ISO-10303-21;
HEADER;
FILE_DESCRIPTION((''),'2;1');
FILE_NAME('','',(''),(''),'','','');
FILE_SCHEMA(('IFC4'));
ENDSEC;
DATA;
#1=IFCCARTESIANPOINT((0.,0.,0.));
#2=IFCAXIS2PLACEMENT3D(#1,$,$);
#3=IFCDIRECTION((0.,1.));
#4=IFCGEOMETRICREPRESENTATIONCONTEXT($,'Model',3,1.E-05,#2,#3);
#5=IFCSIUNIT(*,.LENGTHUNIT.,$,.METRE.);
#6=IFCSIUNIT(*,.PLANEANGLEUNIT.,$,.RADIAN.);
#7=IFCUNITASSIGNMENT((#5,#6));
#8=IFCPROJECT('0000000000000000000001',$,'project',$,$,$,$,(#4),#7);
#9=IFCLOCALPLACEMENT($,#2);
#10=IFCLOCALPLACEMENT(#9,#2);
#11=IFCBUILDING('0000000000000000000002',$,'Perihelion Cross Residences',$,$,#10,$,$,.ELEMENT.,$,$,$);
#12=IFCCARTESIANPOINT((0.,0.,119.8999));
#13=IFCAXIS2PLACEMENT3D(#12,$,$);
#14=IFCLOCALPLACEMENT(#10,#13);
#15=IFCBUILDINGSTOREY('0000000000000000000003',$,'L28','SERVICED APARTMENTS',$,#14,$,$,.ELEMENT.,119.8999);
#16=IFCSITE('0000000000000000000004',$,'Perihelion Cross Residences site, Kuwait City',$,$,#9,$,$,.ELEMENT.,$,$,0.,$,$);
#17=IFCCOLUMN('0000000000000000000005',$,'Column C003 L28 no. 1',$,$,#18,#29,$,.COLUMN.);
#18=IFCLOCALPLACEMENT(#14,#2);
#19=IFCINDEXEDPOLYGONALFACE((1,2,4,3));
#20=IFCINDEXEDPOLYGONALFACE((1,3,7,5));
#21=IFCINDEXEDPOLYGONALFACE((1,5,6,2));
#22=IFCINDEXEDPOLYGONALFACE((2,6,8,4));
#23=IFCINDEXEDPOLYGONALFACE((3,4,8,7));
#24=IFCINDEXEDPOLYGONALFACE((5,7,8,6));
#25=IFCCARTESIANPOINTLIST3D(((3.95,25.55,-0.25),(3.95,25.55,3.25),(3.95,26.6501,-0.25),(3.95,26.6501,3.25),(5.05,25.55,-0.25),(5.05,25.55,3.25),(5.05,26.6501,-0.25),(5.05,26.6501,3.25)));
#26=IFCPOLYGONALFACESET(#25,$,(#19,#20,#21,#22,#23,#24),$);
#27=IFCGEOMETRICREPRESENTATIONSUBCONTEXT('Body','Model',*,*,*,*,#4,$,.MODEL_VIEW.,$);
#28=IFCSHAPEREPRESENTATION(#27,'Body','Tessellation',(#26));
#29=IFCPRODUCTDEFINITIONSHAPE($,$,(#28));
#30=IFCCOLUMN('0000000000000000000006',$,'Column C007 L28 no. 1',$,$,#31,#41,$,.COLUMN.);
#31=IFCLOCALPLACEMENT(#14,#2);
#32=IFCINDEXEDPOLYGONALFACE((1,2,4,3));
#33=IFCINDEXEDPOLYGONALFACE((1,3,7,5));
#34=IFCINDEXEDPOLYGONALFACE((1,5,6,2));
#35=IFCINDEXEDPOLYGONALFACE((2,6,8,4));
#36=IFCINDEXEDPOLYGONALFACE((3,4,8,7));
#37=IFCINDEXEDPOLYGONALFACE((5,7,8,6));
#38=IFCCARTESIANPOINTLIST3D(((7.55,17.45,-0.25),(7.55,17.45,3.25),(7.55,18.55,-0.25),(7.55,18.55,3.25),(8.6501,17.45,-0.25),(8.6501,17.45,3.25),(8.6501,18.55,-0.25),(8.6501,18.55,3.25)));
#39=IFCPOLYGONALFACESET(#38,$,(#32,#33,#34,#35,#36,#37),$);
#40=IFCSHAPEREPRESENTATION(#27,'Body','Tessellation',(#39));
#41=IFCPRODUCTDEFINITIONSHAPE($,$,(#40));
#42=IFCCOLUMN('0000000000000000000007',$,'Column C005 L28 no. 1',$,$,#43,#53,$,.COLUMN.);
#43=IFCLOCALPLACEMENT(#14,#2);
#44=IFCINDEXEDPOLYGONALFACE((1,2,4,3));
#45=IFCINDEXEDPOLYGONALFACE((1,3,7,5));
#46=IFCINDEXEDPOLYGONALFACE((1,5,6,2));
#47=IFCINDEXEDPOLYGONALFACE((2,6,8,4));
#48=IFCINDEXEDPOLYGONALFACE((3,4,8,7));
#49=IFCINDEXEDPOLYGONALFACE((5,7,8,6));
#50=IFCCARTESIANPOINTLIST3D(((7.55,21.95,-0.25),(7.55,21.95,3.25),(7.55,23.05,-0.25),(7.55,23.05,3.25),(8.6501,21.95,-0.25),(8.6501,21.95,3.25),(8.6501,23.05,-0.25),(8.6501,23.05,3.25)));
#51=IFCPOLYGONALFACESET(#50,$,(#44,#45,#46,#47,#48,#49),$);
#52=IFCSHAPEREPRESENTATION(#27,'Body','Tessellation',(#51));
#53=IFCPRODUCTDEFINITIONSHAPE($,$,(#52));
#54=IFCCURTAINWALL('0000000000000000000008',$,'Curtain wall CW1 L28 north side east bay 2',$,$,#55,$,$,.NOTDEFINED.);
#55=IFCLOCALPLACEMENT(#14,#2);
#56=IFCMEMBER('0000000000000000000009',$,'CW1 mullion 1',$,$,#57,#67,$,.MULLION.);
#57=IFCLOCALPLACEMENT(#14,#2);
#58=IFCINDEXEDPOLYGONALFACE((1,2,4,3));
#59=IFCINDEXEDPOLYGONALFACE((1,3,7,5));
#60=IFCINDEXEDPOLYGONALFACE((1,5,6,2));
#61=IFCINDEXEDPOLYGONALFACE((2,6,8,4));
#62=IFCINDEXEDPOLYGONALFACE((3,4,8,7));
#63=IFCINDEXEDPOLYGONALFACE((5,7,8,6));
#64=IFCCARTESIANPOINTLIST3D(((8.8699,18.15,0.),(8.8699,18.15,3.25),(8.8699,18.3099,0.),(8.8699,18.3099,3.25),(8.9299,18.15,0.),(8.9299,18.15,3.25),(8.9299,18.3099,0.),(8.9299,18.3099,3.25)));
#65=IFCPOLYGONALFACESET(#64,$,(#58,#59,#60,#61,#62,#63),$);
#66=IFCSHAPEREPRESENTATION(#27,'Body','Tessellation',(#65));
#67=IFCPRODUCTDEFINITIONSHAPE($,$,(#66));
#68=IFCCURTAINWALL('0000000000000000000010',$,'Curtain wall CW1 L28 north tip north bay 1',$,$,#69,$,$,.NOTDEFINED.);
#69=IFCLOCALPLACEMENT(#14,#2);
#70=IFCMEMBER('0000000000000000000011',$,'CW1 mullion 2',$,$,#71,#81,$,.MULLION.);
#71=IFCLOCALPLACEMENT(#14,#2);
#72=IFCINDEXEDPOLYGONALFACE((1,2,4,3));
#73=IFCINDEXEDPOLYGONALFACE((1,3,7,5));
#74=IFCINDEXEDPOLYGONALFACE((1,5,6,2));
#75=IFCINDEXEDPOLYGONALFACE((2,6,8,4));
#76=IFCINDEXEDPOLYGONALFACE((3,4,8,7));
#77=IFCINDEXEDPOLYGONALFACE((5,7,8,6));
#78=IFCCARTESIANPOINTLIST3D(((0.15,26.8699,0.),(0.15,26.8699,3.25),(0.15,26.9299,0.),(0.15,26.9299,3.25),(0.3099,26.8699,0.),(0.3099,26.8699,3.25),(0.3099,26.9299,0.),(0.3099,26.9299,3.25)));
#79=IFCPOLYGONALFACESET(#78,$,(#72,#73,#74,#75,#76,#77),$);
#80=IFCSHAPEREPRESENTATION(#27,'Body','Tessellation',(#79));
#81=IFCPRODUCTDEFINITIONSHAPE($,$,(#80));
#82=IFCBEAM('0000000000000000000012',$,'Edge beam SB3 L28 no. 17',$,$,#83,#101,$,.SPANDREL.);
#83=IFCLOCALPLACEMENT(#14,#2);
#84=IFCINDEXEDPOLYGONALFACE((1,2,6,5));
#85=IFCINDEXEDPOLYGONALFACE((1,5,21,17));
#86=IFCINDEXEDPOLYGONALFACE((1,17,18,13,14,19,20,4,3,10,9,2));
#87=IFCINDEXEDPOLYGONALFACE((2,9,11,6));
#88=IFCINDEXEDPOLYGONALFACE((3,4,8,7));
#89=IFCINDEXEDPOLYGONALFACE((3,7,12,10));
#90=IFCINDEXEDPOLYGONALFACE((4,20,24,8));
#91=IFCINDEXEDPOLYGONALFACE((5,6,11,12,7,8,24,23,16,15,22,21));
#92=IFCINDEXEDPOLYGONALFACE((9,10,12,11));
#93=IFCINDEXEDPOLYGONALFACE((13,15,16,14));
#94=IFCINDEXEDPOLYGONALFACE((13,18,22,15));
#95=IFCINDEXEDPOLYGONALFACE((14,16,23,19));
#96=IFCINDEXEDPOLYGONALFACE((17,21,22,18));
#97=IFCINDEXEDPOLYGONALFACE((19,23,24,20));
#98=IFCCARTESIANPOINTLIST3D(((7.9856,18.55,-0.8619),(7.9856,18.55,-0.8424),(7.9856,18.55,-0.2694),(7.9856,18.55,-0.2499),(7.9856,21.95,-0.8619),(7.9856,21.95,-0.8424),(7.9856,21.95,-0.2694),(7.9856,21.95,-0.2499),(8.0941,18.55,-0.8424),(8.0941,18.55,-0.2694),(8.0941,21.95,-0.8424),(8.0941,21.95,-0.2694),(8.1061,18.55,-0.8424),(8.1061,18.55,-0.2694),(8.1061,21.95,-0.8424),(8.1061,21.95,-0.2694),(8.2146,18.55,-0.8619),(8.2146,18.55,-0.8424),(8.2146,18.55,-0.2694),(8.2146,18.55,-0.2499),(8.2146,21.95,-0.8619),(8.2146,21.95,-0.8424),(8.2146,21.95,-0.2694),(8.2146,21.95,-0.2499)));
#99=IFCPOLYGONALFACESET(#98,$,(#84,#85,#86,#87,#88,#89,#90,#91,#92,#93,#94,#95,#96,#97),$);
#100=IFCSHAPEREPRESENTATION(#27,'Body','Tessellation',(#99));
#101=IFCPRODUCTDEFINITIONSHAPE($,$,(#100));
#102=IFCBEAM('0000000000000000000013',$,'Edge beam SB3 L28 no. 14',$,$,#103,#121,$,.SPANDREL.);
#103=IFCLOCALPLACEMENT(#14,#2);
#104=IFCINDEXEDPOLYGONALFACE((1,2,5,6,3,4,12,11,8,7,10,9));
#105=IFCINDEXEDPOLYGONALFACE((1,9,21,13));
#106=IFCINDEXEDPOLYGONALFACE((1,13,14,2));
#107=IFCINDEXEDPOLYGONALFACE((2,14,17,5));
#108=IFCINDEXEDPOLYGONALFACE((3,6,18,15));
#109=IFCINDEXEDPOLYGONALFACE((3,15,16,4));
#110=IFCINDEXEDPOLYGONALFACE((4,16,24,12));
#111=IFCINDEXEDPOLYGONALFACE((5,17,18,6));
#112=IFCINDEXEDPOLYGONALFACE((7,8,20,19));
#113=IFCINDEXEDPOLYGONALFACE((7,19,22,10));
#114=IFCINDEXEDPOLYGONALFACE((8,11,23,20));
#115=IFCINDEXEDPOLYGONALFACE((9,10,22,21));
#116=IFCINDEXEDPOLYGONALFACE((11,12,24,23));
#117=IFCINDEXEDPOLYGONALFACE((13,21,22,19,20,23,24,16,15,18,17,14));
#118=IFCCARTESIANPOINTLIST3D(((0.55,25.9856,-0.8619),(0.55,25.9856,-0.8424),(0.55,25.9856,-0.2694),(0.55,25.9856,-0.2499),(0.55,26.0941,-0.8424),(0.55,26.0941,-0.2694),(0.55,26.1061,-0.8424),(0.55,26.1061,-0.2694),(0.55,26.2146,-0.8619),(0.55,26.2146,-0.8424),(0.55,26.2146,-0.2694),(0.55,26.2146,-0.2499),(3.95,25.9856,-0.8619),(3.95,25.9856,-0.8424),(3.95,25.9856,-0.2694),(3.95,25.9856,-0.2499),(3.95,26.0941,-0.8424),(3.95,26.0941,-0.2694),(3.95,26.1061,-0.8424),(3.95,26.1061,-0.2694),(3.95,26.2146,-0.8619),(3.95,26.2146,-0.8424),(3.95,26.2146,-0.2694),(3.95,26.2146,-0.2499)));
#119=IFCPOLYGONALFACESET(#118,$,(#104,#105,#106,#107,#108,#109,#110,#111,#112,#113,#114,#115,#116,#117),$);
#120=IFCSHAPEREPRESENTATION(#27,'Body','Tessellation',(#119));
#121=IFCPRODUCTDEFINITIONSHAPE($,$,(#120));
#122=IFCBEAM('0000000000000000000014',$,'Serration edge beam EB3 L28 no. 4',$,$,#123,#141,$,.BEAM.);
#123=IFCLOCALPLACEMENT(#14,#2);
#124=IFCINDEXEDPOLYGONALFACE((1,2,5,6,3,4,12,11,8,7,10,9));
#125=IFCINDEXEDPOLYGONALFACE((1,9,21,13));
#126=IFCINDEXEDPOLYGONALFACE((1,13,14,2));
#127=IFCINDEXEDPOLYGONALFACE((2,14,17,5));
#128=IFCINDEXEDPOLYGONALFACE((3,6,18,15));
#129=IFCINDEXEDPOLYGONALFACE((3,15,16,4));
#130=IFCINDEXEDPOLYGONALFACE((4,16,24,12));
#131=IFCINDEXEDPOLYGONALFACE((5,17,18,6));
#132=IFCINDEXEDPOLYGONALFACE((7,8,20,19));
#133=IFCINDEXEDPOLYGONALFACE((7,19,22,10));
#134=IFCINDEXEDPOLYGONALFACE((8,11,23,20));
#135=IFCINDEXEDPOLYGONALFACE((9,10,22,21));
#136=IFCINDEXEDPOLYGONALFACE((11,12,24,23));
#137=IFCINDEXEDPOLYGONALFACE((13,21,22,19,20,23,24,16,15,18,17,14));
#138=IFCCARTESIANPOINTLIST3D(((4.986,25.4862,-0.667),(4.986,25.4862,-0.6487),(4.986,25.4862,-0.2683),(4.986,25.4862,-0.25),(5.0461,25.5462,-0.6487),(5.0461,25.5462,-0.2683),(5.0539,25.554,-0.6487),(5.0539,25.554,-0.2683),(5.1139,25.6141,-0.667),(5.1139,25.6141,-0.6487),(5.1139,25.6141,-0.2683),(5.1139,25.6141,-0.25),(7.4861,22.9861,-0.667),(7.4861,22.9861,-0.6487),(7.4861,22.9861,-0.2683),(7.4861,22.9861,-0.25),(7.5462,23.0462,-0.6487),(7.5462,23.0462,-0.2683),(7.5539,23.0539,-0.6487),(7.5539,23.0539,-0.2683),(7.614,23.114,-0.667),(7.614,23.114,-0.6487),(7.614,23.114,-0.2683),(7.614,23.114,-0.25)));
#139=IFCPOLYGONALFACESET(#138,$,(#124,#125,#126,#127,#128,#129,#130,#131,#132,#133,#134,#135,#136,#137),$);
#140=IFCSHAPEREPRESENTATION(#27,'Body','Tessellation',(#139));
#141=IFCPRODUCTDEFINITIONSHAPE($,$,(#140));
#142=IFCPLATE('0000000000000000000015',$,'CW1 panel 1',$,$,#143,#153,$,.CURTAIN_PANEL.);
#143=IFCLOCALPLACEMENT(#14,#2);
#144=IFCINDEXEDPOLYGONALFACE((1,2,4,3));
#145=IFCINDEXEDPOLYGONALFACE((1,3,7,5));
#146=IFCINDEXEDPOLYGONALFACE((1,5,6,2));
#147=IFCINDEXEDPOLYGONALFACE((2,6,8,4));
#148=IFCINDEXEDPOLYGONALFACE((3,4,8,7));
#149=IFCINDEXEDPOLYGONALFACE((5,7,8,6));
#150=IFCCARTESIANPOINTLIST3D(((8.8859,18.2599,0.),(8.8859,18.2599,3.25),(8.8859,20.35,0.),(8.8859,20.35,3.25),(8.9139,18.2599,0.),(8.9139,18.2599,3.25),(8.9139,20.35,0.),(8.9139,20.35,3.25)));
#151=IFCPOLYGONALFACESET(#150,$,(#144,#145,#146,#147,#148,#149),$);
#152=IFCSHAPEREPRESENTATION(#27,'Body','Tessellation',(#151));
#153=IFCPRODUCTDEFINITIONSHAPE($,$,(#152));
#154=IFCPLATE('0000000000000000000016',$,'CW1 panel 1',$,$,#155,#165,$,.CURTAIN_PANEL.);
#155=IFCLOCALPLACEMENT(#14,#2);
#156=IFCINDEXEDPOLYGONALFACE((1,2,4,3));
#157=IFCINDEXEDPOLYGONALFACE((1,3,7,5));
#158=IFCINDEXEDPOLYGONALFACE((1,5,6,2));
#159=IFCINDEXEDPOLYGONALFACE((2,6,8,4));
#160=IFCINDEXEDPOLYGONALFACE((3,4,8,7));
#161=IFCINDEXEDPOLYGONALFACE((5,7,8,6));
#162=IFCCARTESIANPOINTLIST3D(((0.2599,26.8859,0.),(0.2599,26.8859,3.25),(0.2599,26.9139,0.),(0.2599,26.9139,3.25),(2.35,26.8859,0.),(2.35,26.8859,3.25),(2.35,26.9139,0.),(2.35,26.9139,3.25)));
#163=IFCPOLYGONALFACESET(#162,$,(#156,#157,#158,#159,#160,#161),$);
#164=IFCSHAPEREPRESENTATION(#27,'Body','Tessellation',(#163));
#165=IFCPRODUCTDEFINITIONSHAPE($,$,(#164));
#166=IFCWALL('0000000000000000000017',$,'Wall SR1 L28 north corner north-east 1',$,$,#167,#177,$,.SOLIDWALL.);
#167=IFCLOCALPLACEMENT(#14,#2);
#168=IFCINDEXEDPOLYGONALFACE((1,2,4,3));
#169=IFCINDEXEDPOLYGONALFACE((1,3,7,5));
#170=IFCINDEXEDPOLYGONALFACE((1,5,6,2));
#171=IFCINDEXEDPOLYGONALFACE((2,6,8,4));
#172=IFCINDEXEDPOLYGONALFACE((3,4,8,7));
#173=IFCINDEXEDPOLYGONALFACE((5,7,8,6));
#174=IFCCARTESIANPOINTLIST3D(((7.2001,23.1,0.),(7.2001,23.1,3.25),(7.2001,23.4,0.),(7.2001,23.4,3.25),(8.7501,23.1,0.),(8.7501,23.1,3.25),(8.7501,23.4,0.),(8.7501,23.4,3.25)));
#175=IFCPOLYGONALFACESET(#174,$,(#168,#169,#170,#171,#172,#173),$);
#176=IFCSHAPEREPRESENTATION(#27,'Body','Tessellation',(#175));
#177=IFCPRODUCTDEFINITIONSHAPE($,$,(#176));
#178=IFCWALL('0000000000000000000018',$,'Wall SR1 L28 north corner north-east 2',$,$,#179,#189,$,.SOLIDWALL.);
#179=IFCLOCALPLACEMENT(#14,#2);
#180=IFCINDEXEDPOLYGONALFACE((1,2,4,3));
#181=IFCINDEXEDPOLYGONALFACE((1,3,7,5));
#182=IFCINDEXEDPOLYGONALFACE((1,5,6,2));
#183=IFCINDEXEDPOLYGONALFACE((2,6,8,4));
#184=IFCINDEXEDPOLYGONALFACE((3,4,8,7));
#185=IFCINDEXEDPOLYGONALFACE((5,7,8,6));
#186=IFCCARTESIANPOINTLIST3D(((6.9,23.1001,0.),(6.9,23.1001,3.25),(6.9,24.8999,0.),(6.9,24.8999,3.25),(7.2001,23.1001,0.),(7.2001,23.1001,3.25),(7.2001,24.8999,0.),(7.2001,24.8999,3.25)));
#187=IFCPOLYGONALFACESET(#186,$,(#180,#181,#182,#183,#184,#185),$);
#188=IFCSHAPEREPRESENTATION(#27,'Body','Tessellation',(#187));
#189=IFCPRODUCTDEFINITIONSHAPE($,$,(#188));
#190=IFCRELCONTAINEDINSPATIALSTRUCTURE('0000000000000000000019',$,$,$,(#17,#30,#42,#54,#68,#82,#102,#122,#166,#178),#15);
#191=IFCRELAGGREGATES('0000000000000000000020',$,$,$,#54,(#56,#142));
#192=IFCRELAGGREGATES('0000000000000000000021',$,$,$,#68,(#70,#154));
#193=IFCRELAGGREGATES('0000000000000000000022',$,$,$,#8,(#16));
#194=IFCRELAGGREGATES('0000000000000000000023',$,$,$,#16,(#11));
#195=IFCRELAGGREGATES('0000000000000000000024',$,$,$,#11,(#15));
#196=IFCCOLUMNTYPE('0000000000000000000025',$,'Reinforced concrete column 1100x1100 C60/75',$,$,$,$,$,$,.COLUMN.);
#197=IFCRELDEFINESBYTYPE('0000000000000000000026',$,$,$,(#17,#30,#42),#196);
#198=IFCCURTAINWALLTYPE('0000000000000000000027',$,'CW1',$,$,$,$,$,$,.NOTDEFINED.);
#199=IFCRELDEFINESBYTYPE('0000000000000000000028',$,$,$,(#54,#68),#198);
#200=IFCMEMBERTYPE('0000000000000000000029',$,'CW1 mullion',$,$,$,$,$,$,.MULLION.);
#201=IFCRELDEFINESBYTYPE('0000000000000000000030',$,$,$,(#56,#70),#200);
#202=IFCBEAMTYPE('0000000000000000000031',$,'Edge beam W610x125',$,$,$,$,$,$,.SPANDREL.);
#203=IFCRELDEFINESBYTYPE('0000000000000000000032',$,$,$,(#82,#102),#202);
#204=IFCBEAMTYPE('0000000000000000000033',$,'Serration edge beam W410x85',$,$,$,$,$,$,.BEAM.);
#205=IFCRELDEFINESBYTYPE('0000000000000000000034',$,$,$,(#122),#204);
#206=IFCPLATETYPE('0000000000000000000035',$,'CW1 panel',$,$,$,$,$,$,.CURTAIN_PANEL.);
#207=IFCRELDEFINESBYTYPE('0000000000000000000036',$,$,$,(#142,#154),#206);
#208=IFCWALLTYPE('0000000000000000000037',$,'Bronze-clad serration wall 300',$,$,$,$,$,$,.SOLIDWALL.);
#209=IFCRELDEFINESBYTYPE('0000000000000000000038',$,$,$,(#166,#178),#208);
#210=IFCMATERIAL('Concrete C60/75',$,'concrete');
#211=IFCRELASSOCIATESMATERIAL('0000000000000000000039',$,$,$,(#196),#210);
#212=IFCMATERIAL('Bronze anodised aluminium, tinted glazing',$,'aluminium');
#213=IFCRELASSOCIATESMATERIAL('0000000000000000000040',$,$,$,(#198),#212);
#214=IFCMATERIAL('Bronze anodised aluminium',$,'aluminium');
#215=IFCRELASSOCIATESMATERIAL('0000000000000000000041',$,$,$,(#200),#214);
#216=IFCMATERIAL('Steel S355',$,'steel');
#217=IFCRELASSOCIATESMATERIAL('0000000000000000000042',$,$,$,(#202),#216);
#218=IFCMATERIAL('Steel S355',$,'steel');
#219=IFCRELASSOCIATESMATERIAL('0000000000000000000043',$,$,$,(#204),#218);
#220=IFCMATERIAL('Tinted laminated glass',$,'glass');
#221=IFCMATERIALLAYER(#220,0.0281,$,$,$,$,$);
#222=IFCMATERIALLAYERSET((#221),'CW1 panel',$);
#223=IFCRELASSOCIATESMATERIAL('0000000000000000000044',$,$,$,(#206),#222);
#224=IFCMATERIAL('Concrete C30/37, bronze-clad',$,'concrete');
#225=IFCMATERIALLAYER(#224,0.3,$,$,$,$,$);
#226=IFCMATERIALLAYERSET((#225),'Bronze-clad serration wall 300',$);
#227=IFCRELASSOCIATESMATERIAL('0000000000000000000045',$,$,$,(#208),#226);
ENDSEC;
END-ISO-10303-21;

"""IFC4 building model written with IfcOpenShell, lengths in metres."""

from ifc_helpers import new_model, si_unit, direction, frame, frame_2d, origin, origin_2d, place, context, subcontext, project, spatial, rectangle, i_section, extrude, material, layer, layer_set, material_profile, profile_set, type_object, element, aggregate, save


model = new_model("IFC4")

# Units and contexts
model_context = context("Model", 3, precision=1e-05, world=origin(), true_north=direction((0.0, 1.0)))
body_context = subcontext(model_context, "Body", "Model", "MODEL_VIEW")
ifc_project = project(units=[si_unit("LENGTHUNIT", "METRE"), si_unit("PLANEANGLEUNIT", "RADIAN")], contexts=[model_context])

# Site, building, storey
site_placement = place(None, origin())
site = spatial("IfcSite", under=ifc_project, at=site_placement, Name="Perihelion Cross Residences site, Kuwait City", CompositionType="ELEMENT", RefElevation=0.0)
building_placement = place(site_placement, origin())
building = spatial("IfcBuilding", under=site, at=building_placement, Name="Perihelion Cross Residences", CompositionType="ELEMENT")
storey_placement = place(building_placement, frame((0.0, 0.0, 119.8999)))
storey = spatial("IfcBuildingStorey", under=building, at=storey_placement, Name="L28", Description="SERVICED APARTMENTS", CompositionType="ELEMENT", Elevation=119.8999)

# Columns
ifc_material_1 = material(Name="Concrete C60/75", Category="concrete")
ifc_material_profile_1 = material_profile(ifc_material_1, rectangle(XDim=1.1001, YDim=1.1001, at=origin_2d()), Name="RC 1100x1100")
ifc_profile_set_1 = profile_set([ifc_material_profile_1], Name="Concrete C60/75")
column_type = type_object("IfcColumnType", Name="Reinforced concrete column 1100x1100 C60/75", PredefinedType="COLUMN", material=ifc_profile_set_1)
for number, where, z_axis, x_axis, name in (
    (1, (4.5, 26.1001, -0.25), (0.0, 0.0, 1.0), (1.0, 0.0, 0.0), "Column C003 L28 no. 1"),
    (2, (8.1001, 18.0, -0.25), (0.0, 0.0, 1.0), (1.0, 0.0, 0.0), "Column C007 L28 no. 1"),
    (3, (8.1001, 22.5, -0.25), (0.0, 0.0, 1.0), (1.0, 0.0, 0.0), "Column C005 L28 no. 1"),
):
    element("IfcColumn", number, at=place(storey_placement, frame(where, z_axis=z_axis, x_axis=x_axis)), inside=storey, type_object=column_type, Name=name, PredefinedType="COLUMN", context=body_context, shape_type="SweptSolid", body=[
        extrude(rectangle(XDim=1.1001, YDim=1.1001, at=origin_2d()), origin(), (0.0, 0.0, 1.0), 3.5),
    ])

# Curtain walls, members
ifc_material_2 = material(Name="Bronze anodised aluminium, tinted glazing", Category="aluminium")
curtain_wall_type = type_object("IfcCurtainWallType", Name="CW1", PredefinedType="NOTDEFINED", material=ifc_material_2)
curtain_wall_1_placement = place(storey_placement, origin())
curtain_wall_1 = element("IfcCurtainWall", 4, at=curtain_wall_1_placement, inside=storey, type_object=curtain_wall_type, Name="Curtain wall CW1 L28 north side east bay 2", PredefinedType="NOTDEFINED")
ifc_material_3 = material(Name="Bronze anodised aluminium", Category="aluminium")
ifc_material_profile_2 = material_profile(ifc_material_3, rectangle(XDim=0.0601, YDim=0.1599, at=origin_2d()), Name="CW1 mullion")
ifc_profile_set_2 = profile_set([ifc_material_profile_2], Name="Bronze anodised aluminium")
member_type = type_object("IfcMemberType", Name="CW1 mullion", PredefinedType="MULLION", material=ifc_profile_set_2)
member_1_placement = place(storey_placement, frame((8.8999, 18.23, 0.0), z_axis=(0.0, 0.0, 1.0), x_axis=(-1.0, 0.0, 0.0)))
member_1 = element("IfcMember", 5, at=member_1_placement, type_object=member_type, Name="CW1 mullion 1", PredefinedType="MULLION", context=body_context, shape_type="SweptSolid", body=[
    extrude(rectangle(XDim=0.0601, YDim=0.1599, at=origin_2d()), origin(), (0.0, 0.0, 1.0), 3.25),
])
curtain_wall_2_placement = place(storey_placement, origin())
curtain_wall_2 = element("IfcCurtainWall", 6, at=curtain_wall_2_placement, inside=storey, type_object=curtain_wall_type, Name="Curtain wall CW1 L28 north tip north bay 1", PredefinedType="NOTDEFINED")
member_2_placement = place(storey_placement, frame((0.23, 26.8999, 0.0), z_axis=(0.0, 0.0, 1.0), x_axis=(0.0, -1.0, 0.0)))
member_2 = element("IfcMember", 7, at=member_2_placement, type_object=member_type, Name="CW1 mullion 2", PredefinedType="MULLION", context=body_context, shape_type="SweptSolid", body=[
    extrude(rectangle(XDim=0.0601, YDim=0.1599, at=origin_2d()), origin(), (0.0, 0.0, 1.0), 3.25),
])

# Beams
ifc_material_4 = material(Name="Steel S355", Category="steel")
ifc_material_profile_3 = material_profile(ifc_material_4, i_section(OverallWidth=0.229, OverallDepth=0.6121, WebThickness=0.012, FlangeThickness=0.0195, at=origin_2d()), Name="W610x125")
ifc_profile_set_3 = profile_set([ifc_material_profile_3], Name="Steel S355")
beam_type_1 = type_object("IfcBeamType", Name="Edge beam W610x125", PredefinedType="SPANDREL", material=ifc_profile_set_3)
for number, where, z_axis, x_axis, name in (
    (8, (8.1001, 18.55, -0.5559), (0.0, 1.0, 0.0), (-1.0, 0.0, 0.0), "Edge beam SB3 L28 no. 17"),
    (9, (3.95, 26.1001, -0.5559), (-1.0, 0.0, 0.0), (0.0, -1.0, 0.0), "Edge beam SB3 L28 no. 14"),
):
    element("IfcBeam", number, at=place(storey_placement, frame(where, z_axis=z_axis, x_axis=x_axis)), inside=storey, type_object=beam_type_1, Name=name, PredefinedType="SPANDREL", context=body_context, shape_type="SweptSolid", body=[
        extrude(i_section(OverallWidth=0.229, OverallDepth=0.6121, WebThickness=0.012, FlangeThickness=0.0195, at=origin_2d()), origin(), (0.0, 0.0, 1.0), 3.3999),
    ])
ifc_material_5 = material(Name="Steel S355", Category="steel")
ifc_material_profile_4 = material_profile(ifc_material_5, i_section(OverallWidth=0.1809, OverallDepth=0.417, WebThickness=0.011, FlangeThickness=0.0183, at=origin_2d()), Name="W410x85")
ifc_profile_set_4 = profile_set([ifc_material_profile_4], Name="Steel S355")
beam_type_2 = type_object("IfcBeamType", Name="Serration edge beam W410x85", PredefinedType="BEAM", material=ifc_profile_set_4)
beam_placement = place(storey_placement, frame((7.55, 23.05, -0.4585), z_axis=(-0.707107, 0.707107, 0.0), x_axis=(-0.707107, -0.707107, 0.0)))
element("IfcBeam", 10, at=beam_placement, inside=storey, type_object=beam_type_2, Name="Serration edge beam EB3 L28 no. 4", PredefinedType="BEAM", context=body_context, shape_type="SweptSolid", body=[
    extrude(i_section(OverallWidth=0.1809, OverallDepth=0.417, WebThickness=0.011, FlangeThickness=0.0183, at=origin_2d()), origin(), (0.0, 0.0, 1.0), 3.5356),
])

# Plates
ifc_material_6 = material(Name="Tinted laminated glass", Category="glass")
ifc_layer_1 = layer(ifc_material_6, 0.0281)
ifc_layer_set_1 = layer_set([ifc_layer_1], Name="CW1 panel")
plate_type = type_object("IfcPlateType", Name="CW1 panel", PredefinedType="CURTAIN_PANEL", material=ifc_layer_set_1)
plate_1_placement = place(storey_placement, frame((8.8999, 19.3049, 0.0), z_axis=(0.0, 0.0, 1.0), x_axis=(0.0, 1.0, 0.0)))
plate_1 = element("IfcPlate", 11, at=plate_1_placement, type_object=plate_type, Name="CW1 panel 1", PredefinedType="CURTAIN_PANEL", context=body_context, shape_type="SweptSolid", body=[
    extrude(rectangle(XDim=2.0901, YDim=0.0281, at=origin_2d()), origin(), (0.0, 0.0, 1.0), 3.25),
])
aggregate(curtain_wall_1, [member_1, plate_1])
plate_2_placement = place(storey_placement, frame((1.3049, 26.8999, 0.0), z_axis=(0.0, 0.0, 1.0), x_axis=(-1.0, 0.0, 0.0)))
plate_2 = element("IfcPlate", 12, at=plate_2_placement, type_object=plate_type, Name="CW1 panel 1", PredefinedType="CURTAIN_PANEL", context=body_context, shape_type="SweptSolid", body=[
    extrude(rectangle(XDim=2.0901, YDim=0.0281, at=origin_2d()), origin(), (0.0, 0.0, 1.0), 3.25),
])
aggregate(curtain_wall_2, [member_2, plate_2])

# Walls
ifc_material_7 = material(Name="Concrete C30/37, bronze-clad", Category="concrete")
ifc_layer_2 = layer(ifc_material_7, 0.3)
ifc_layer_set_2 = layer_set([ifc_layer_2], Name="Bronze-clad serration wall 300")
wall_type_1 = type_object("IfcWallType", Name="Bronze-clad serration wall 300", PredefinedType="SOLIDWALL", material=ifc_layer_set_2)
wall_1_placement = place(storey_placement, frame((8.75, 23.25, 0.0), z_axis=(0.0, 0.0, 1.0), x_axis=(-1.0, 0.0, 0.0)))
element("IfcWall", 13, at=wall_1_placement, inside=storey, type_object=wall_type_1, Name="Wall SR1 L28 north corner north-east 1", PredefinedType="SOLIDWALL", context=body_context, shape_type="SweptSolid", body=[
    extrude(rectangle(XDim=1.55, YDim=0.3, at=frame_2d((0.7749, 0.0))), origin(), (0.0, 0.0, 1.0), 3.25),
])
wall_2_placement = place(storey_placement, frame((7.05, 23.1001, 0.0), z_axis=(0.0, 0.0, 1.0), x_axis=(0.0, 1.0, 0.0)))
element("IfcWall", 14, at=wall_2_placement, inside=storey, type_object=wall_type_1, Name="Wall SR1 L28 north corner north-east 2", PredefinedType="SOLIDWALL", context=body_context, shape_type="SweptSolid", body=[
    extrude(rectangle(XDim=1.7998, YDim=0.3, at=frame_2d((0.8999, 0.0))), origin(), (0.0, 0.0, 1.0), 3.25),
])

save(model, "model.ifc")
